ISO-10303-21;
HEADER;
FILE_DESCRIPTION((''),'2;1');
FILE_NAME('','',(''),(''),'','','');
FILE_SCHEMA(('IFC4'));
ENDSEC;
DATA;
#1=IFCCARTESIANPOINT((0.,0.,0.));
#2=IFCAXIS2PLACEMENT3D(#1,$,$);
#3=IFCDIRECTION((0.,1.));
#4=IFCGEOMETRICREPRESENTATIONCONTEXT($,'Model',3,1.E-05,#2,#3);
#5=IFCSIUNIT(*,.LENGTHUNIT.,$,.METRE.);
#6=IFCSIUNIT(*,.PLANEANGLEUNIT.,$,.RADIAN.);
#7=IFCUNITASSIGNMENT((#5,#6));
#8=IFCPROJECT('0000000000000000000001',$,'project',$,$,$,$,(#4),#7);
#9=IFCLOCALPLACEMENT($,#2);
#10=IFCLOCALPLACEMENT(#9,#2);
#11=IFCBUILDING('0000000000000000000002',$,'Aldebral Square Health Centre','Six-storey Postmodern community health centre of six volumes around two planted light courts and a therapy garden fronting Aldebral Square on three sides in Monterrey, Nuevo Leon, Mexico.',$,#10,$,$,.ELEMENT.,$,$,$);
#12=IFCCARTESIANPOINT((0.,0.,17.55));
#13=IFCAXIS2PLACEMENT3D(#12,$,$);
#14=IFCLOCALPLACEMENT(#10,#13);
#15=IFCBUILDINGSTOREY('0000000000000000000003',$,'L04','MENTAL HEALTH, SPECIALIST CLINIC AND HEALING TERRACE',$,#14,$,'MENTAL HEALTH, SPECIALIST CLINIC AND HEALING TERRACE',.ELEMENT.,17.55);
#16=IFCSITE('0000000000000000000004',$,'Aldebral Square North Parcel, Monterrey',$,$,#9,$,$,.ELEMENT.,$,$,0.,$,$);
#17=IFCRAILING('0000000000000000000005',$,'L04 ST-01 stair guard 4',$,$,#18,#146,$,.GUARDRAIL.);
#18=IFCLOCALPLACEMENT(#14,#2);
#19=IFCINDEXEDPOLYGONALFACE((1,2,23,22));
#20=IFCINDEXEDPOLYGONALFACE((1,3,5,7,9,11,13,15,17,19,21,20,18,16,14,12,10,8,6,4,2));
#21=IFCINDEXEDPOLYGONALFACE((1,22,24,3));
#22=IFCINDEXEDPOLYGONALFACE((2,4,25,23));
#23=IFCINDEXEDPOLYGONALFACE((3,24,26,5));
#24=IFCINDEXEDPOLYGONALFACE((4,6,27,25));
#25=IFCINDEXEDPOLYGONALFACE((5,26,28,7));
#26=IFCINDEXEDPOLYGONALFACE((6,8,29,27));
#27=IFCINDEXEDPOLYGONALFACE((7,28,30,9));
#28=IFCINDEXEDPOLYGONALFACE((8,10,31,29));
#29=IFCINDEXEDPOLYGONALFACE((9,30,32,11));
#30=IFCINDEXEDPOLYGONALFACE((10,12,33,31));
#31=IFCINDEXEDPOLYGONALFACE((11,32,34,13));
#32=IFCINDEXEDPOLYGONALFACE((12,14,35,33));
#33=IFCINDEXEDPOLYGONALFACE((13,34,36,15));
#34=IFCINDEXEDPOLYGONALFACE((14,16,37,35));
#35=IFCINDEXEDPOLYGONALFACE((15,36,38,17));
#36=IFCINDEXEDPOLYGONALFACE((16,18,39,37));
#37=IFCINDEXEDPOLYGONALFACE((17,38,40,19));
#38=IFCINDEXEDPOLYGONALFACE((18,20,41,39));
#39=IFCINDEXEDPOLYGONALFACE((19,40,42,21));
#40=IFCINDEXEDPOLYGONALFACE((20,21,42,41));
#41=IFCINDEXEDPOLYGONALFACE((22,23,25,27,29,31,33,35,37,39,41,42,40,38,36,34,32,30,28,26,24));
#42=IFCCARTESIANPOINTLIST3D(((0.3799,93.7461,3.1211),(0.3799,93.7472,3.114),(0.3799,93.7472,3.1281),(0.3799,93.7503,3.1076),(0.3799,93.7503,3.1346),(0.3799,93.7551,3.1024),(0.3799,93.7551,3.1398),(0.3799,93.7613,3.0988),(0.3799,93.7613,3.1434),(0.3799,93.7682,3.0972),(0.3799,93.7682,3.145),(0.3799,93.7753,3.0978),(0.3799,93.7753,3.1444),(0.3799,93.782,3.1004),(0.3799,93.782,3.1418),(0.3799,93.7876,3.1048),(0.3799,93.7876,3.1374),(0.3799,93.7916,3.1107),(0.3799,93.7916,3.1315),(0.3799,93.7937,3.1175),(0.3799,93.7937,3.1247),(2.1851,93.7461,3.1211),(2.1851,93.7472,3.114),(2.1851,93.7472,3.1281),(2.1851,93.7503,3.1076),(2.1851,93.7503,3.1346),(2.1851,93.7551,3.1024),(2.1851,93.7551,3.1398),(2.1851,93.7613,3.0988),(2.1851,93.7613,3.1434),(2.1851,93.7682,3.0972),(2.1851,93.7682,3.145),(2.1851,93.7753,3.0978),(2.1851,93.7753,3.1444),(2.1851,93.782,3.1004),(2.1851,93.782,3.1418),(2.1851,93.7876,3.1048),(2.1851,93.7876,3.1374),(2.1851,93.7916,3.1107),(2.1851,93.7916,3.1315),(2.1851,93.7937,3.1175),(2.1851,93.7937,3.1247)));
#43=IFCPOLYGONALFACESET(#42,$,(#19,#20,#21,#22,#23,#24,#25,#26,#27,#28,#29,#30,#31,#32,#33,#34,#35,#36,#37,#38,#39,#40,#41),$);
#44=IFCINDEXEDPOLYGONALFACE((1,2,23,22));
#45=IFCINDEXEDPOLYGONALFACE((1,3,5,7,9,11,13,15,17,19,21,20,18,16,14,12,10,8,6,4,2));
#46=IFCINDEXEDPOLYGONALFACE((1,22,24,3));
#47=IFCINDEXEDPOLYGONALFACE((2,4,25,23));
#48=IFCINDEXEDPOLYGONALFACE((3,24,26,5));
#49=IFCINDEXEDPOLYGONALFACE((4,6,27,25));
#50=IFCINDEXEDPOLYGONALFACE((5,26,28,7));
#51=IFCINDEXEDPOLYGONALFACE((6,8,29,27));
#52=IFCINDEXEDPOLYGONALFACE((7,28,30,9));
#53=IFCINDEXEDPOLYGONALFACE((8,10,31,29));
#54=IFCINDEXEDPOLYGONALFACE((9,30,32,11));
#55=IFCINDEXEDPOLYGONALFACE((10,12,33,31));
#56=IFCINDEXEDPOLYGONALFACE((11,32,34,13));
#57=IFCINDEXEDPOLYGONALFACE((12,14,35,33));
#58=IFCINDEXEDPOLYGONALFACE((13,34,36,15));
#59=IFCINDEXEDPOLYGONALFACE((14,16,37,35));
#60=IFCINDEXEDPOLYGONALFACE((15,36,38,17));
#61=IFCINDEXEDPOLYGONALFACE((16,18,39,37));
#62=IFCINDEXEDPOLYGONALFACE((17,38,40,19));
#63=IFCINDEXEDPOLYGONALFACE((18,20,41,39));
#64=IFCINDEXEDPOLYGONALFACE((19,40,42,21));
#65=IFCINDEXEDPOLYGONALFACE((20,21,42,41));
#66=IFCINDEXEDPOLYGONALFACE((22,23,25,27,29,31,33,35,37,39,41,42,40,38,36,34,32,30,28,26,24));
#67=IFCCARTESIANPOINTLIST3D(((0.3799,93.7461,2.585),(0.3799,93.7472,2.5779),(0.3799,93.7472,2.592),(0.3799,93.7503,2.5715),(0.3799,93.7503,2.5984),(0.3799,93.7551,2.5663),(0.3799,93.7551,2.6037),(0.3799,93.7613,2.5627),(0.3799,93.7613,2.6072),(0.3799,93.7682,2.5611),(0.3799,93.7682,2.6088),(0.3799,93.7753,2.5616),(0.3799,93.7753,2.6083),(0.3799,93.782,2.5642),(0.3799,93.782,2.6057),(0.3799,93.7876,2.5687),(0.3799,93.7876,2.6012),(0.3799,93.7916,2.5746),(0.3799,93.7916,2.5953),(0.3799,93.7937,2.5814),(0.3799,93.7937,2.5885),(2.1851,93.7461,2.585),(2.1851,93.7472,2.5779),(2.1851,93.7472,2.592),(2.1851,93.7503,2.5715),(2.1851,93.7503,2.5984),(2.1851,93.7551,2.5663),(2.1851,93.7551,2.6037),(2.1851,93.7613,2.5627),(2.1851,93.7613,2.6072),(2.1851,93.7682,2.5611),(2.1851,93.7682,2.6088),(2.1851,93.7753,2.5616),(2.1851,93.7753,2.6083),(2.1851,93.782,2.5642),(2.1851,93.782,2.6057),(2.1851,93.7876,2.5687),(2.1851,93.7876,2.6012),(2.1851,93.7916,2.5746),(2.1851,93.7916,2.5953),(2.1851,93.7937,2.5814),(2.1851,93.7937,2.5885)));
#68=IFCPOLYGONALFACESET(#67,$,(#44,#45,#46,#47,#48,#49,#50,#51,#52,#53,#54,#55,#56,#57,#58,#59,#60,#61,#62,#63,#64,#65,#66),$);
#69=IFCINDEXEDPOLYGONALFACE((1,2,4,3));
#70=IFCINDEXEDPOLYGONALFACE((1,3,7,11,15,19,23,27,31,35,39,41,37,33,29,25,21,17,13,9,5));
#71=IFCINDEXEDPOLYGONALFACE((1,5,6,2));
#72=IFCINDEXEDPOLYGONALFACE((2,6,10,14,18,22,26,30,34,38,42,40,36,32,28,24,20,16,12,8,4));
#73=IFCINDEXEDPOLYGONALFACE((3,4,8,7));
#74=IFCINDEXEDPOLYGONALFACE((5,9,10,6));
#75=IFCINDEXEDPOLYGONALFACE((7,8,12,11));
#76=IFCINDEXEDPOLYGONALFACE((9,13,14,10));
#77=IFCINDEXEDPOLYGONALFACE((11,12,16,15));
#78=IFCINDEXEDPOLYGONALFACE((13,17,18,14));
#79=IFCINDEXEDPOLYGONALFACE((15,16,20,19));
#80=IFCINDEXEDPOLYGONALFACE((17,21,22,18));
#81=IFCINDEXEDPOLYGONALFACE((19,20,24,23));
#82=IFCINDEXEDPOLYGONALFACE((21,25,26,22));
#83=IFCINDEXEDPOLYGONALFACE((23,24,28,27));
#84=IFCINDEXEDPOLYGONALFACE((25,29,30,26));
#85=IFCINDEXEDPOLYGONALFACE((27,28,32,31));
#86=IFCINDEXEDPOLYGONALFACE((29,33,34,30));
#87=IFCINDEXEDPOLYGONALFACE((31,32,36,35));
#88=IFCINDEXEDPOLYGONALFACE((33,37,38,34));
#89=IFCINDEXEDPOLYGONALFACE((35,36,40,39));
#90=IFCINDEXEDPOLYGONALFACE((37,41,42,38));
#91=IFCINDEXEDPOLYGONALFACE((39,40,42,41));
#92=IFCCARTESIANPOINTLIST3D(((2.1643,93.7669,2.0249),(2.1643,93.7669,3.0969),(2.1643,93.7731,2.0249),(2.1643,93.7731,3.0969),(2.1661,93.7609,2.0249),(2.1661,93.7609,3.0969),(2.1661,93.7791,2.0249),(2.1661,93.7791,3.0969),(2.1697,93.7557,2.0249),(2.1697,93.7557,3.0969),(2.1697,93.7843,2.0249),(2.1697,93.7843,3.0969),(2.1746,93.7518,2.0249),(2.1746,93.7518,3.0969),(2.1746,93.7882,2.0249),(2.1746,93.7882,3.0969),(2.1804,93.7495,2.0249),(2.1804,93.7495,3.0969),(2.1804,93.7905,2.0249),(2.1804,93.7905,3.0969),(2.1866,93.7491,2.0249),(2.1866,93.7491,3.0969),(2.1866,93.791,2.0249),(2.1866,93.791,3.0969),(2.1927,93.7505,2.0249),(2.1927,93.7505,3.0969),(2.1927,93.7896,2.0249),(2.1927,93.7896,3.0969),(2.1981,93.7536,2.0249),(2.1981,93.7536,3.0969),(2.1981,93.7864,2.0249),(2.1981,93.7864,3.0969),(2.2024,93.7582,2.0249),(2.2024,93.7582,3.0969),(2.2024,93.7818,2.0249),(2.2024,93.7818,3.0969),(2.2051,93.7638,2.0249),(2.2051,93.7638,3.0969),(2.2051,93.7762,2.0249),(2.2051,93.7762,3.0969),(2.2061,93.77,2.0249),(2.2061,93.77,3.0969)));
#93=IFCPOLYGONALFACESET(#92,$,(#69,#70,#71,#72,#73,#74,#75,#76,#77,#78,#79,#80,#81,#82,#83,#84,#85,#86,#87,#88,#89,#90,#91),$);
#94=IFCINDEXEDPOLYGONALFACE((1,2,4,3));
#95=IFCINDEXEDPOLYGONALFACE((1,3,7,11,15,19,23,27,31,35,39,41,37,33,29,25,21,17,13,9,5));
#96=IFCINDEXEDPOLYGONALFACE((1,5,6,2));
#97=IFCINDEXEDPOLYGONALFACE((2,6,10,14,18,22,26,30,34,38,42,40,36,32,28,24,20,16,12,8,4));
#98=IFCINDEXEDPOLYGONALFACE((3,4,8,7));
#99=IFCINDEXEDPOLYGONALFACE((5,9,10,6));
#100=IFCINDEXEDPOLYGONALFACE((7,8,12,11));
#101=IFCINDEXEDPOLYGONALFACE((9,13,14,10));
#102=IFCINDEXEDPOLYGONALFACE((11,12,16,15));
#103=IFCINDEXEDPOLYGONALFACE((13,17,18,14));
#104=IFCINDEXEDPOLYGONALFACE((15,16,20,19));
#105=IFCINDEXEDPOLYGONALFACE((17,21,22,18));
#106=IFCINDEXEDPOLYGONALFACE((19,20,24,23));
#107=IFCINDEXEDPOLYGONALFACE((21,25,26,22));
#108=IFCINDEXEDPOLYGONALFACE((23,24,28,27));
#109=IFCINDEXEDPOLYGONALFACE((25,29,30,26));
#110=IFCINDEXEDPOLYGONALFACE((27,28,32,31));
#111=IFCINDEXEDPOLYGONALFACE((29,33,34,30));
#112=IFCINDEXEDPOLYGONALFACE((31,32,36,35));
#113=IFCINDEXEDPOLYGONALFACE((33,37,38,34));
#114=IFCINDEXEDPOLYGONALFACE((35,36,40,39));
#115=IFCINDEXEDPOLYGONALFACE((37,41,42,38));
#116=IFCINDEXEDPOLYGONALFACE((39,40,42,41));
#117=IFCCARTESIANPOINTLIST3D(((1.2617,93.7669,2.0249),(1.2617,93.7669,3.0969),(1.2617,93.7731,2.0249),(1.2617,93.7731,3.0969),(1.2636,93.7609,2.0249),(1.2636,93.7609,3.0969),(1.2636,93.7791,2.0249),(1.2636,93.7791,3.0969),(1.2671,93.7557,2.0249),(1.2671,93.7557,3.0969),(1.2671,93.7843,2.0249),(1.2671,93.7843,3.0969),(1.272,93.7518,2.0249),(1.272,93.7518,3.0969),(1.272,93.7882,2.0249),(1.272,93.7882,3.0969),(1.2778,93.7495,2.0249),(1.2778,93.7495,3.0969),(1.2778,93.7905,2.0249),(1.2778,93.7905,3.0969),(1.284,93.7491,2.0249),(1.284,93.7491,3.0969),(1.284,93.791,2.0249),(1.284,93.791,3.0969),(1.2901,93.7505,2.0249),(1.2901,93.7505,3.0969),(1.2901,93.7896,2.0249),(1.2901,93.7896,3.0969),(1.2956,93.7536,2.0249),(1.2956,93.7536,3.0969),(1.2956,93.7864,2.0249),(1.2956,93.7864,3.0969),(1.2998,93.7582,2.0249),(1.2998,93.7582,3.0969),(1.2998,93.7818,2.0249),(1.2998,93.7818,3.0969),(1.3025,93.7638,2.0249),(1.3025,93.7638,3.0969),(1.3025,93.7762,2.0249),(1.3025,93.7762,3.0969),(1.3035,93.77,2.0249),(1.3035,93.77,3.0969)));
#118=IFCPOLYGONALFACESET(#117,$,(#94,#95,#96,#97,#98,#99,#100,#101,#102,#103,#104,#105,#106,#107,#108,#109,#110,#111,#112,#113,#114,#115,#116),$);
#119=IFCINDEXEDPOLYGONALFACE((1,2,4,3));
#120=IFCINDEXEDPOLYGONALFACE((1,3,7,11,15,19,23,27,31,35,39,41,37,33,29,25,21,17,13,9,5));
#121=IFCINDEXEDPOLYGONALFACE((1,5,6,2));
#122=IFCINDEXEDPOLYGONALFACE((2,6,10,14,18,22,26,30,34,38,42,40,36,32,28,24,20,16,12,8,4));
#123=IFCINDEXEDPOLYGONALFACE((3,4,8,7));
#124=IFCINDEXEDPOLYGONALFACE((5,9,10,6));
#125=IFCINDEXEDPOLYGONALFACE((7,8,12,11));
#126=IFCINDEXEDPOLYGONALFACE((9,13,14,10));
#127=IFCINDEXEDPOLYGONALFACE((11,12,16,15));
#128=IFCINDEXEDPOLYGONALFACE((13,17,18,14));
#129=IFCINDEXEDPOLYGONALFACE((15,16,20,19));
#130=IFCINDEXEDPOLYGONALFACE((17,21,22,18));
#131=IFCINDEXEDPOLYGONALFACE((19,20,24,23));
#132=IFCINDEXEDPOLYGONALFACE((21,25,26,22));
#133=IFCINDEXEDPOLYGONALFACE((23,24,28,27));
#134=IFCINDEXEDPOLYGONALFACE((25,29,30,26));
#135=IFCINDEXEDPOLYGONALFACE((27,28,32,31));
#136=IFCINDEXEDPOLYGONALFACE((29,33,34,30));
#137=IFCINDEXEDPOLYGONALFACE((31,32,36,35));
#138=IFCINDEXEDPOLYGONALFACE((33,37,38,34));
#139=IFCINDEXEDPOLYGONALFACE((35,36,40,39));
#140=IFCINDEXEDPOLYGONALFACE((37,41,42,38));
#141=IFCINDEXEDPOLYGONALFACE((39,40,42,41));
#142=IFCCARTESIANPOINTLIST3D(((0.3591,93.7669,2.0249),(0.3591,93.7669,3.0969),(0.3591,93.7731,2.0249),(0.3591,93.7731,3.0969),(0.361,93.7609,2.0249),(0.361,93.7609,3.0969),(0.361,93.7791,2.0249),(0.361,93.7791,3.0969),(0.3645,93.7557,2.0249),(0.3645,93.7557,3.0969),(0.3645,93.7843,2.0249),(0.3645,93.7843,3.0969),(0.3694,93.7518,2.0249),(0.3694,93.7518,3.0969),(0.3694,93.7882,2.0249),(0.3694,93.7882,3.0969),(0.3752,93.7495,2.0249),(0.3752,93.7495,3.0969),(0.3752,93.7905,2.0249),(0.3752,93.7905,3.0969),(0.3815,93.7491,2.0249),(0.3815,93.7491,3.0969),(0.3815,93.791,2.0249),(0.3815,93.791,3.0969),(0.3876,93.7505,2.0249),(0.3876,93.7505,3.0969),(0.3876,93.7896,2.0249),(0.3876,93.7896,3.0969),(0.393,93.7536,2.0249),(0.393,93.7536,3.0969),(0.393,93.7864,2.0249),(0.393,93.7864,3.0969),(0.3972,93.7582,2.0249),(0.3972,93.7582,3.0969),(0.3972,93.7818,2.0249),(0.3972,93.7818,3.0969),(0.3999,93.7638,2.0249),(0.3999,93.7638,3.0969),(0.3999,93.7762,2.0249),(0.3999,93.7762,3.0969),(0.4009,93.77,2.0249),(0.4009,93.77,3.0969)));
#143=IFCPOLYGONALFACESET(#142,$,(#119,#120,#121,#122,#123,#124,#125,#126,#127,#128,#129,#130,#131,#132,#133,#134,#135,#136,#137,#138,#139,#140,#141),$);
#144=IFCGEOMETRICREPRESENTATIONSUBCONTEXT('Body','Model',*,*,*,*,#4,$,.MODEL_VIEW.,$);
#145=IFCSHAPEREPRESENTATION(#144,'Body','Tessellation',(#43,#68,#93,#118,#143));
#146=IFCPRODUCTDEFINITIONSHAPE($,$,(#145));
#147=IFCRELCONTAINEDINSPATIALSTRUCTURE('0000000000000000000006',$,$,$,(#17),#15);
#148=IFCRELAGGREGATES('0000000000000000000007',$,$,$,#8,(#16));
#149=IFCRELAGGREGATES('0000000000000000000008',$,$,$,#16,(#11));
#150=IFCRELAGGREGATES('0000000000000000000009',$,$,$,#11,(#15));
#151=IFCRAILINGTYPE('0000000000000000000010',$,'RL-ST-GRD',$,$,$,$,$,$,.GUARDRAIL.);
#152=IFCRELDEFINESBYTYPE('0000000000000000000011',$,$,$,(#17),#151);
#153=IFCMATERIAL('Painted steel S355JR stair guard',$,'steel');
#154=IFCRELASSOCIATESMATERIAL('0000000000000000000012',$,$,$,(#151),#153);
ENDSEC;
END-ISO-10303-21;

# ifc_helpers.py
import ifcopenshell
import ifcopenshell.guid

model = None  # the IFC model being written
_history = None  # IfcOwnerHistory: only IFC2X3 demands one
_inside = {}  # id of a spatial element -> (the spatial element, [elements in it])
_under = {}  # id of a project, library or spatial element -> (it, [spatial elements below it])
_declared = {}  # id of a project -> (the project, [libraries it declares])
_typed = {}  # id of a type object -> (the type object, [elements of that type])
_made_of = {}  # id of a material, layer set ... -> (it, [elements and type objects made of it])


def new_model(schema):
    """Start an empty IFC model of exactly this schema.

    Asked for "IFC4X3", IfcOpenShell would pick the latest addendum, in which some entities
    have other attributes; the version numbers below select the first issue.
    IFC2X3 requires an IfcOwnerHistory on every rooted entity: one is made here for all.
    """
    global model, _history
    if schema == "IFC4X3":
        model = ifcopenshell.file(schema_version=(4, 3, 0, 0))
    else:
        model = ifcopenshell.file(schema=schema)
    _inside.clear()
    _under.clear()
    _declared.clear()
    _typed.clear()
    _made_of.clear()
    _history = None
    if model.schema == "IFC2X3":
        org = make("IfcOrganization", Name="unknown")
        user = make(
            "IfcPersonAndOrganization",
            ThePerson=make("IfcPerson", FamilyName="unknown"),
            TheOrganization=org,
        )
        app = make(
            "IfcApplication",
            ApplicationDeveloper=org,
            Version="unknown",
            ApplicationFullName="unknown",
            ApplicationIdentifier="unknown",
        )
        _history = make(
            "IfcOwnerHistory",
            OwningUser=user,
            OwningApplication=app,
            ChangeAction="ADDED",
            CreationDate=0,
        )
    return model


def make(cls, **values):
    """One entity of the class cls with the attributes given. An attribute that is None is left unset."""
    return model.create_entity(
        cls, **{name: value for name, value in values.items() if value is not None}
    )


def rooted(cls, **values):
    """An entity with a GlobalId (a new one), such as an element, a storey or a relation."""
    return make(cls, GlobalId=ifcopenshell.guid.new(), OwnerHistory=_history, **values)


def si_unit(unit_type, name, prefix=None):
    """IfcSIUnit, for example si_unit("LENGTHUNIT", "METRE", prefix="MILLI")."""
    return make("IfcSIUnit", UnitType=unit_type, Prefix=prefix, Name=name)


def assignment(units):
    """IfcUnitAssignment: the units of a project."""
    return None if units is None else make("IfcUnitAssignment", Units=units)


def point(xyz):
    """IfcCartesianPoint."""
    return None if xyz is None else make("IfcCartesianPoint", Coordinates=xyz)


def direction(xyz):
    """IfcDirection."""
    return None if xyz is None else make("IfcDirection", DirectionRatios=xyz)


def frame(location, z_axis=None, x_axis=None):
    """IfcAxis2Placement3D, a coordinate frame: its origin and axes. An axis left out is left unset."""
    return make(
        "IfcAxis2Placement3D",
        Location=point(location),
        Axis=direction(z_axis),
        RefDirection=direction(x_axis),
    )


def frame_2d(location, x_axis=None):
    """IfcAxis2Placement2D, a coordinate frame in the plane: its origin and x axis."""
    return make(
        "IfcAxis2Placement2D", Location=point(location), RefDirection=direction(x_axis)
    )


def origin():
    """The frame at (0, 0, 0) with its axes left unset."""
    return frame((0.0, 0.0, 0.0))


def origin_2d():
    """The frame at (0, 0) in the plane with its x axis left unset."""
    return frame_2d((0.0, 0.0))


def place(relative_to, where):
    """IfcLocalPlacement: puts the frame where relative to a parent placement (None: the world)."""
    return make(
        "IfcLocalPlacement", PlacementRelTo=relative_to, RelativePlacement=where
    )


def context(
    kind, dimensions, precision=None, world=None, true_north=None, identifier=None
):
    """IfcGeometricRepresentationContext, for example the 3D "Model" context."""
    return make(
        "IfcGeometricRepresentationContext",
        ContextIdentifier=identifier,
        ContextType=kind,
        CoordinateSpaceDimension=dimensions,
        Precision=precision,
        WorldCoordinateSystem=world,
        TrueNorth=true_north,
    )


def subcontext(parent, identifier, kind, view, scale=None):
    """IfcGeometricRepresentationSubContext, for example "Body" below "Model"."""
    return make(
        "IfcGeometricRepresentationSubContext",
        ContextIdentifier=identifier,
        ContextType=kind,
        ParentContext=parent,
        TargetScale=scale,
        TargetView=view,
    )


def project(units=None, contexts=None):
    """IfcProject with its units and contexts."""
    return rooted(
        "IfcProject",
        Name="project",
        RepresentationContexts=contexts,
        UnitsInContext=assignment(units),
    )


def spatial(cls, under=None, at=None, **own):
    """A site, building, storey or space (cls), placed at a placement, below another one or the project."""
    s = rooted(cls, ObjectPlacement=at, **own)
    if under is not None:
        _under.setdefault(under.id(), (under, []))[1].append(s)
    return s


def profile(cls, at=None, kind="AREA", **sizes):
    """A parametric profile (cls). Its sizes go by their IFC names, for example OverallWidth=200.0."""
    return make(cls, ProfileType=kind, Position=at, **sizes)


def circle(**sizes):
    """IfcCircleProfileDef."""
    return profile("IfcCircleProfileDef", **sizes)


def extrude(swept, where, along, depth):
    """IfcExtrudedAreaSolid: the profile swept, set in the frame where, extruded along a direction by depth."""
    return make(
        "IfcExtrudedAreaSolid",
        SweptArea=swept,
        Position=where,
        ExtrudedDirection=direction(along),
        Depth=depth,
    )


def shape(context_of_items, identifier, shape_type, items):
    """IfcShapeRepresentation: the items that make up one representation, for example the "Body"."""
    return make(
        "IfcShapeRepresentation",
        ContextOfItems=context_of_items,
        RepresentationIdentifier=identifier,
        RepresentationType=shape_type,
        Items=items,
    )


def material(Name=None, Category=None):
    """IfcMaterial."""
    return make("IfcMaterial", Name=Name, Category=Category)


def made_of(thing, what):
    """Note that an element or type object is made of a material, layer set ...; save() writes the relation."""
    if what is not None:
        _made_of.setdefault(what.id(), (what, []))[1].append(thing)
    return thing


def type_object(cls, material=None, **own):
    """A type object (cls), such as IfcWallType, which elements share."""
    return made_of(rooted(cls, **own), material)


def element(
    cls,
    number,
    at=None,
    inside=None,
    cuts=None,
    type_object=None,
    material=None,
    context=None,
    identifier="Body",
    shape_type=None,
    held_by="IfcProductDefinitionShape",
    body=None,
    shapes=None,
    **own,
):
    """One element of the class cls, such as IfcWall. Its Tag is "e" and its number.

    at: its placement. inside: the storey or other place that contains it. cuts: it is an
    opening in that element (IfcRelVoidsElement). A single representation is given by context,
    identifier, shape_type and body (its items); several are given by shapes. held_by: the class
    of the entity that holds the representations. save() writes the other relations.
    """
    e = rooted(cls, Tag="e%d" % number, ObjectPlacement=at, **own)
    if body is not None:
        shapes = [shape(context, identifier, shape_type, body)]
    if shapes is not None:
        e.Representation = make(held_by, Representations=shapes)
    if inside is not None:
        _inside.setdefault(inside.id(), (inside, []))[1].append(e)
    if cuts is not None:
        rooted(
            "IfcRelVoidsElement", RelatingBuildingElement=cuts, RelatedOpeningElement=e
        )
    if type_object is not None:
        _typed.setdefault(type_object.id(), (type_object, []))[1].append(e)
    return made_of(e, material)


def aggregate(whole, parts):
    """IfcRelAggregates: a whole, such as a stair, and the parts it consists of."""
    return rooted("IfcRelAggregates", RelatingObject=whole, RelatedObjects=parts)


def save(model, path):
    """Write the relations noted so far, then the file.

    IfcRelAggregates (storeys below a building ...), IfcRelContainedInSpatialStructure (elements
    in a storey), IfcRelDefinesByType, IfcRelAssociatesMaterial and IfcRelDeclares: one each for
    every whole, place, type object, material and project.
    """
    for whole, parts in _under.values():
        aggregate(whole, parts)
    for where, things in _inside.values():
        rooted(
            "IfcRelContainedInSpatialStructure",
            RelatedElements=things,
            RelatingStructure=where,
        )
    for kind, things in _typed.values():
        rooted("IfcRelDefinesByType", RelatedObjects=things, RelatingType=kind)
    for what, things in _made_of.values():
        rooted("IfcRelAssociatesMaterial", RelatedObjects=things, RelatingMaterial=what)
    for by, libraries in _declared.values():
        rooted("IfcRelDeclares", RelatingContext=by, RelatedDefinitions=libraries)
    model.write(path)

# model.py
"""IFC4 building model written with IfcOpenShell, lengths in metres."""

from ifc_helpers import new_model, si_unit, direction, frame, origin, origin_2d, place, context, subcontext, project, spatial, circle, extrude, material, type_object, element, save


model = new_model("IFC4")

# Units and contexts
model_context = context("Model", 3, precision=1e-05, world=origin(), true_north=direction((0.0, 1.0)))
body_context = subcontext(model_context, "Body", "Model", "MODEL_VIEW")
ifc_project = project(units=[si_unit("LENGTHUNIT", "METRE"), si_unit("PLANEANGLEUNIT", "RADIAN")], contexts=[model_context])

# Site, building, storey
site_placement = place(None, origin())
site = spatial("IfcSite", under=ifc_project, at=site_placement, Name="Aldebral Square North Parcel, Monterrey", CompositionType="ELEMENT", RefElevation=0.0)
building_placement = place(site_placement, origin())
building = spatial("IfcBuilding", under=site, at=building_placement, Name="Aldebral Square Health Centre", Description="Six-storey Postmodern community health centre of six volumes around two planted light courts and a therapy garden fronting Aldebral Square on three sides in Monterrey, Nuevo Leon, Mexico.", CompositionType="ELEMENT")
storey_placement = place(building_placement, frame((0.0, 0.0, 17.55)))
storey = spatial("IfcBuildingStorey", under=building, at=storey_placement, Name="L04", Description="MENTAL HEALTH, SPECIALIST CLINIC AND HEALING TERRACE", LongName="MENTAL HEALTH, SPECIALIST CLINIC AND HEALING TERRACE", CompositionType="ELEMENT", Elevation=17.55)

# Railing
ifc_material_1 = material(Name="Painted steel S355JR stair guard", Category="steel")
railing_type_1 = type_object("IfcRailingType", Name="RL-ST-GRD", PredefinedType="GUARDRAIL", material=ifc_material_1)
railing_1_placement = place(storey_placement, frame((2.1851, 93.77, 2.0249)))
element("IfcRailing", 1, at=railing_1_placement, inside=storey, type_object=railing_type_1, Name="L04 ST-01 stair guard 4", PredefinedType="GUARDRAIL", context=body_context, shape_type="SweptSolid", body=[
    extrude(circle(Radius=0.0239, at=origin_2d()), frame((0.0, 0.0, 1.0962), z_axis=(-1.0, 0.0, 0.0), x_axis=(0.0, -1.0, 0.0)), (0.0, 0.0, 1.0), 1.8052),
    extrude(circle(Radius=0.0239, at=origin_2d()), frame((0.0, 0.0, 0.5601), z_axis=(-1.0, 0.0, 0.0), x_axis=(0.0, -1.0, 0.0)), (0.0, 0.0, 1.0), 1.8052),
    extrude(circle(Radius=0.021, at=origin_2d()), origin(), (0.0, 0.0, 1.0), 1.072),
    extrude(circle(Radius=0.021, at=origin_2d()), frame((-0.9026, 0.0, 0.0)), (0.0, 0.0, 1.0), 1.072),
    extrude(circle(Radius=0.021, at=origin_2d()), frame((-1.8052, 0.0, 0.0)), (0.0, 0.0, 1.0), 1.072),
])

save(model, "model.ifc")
